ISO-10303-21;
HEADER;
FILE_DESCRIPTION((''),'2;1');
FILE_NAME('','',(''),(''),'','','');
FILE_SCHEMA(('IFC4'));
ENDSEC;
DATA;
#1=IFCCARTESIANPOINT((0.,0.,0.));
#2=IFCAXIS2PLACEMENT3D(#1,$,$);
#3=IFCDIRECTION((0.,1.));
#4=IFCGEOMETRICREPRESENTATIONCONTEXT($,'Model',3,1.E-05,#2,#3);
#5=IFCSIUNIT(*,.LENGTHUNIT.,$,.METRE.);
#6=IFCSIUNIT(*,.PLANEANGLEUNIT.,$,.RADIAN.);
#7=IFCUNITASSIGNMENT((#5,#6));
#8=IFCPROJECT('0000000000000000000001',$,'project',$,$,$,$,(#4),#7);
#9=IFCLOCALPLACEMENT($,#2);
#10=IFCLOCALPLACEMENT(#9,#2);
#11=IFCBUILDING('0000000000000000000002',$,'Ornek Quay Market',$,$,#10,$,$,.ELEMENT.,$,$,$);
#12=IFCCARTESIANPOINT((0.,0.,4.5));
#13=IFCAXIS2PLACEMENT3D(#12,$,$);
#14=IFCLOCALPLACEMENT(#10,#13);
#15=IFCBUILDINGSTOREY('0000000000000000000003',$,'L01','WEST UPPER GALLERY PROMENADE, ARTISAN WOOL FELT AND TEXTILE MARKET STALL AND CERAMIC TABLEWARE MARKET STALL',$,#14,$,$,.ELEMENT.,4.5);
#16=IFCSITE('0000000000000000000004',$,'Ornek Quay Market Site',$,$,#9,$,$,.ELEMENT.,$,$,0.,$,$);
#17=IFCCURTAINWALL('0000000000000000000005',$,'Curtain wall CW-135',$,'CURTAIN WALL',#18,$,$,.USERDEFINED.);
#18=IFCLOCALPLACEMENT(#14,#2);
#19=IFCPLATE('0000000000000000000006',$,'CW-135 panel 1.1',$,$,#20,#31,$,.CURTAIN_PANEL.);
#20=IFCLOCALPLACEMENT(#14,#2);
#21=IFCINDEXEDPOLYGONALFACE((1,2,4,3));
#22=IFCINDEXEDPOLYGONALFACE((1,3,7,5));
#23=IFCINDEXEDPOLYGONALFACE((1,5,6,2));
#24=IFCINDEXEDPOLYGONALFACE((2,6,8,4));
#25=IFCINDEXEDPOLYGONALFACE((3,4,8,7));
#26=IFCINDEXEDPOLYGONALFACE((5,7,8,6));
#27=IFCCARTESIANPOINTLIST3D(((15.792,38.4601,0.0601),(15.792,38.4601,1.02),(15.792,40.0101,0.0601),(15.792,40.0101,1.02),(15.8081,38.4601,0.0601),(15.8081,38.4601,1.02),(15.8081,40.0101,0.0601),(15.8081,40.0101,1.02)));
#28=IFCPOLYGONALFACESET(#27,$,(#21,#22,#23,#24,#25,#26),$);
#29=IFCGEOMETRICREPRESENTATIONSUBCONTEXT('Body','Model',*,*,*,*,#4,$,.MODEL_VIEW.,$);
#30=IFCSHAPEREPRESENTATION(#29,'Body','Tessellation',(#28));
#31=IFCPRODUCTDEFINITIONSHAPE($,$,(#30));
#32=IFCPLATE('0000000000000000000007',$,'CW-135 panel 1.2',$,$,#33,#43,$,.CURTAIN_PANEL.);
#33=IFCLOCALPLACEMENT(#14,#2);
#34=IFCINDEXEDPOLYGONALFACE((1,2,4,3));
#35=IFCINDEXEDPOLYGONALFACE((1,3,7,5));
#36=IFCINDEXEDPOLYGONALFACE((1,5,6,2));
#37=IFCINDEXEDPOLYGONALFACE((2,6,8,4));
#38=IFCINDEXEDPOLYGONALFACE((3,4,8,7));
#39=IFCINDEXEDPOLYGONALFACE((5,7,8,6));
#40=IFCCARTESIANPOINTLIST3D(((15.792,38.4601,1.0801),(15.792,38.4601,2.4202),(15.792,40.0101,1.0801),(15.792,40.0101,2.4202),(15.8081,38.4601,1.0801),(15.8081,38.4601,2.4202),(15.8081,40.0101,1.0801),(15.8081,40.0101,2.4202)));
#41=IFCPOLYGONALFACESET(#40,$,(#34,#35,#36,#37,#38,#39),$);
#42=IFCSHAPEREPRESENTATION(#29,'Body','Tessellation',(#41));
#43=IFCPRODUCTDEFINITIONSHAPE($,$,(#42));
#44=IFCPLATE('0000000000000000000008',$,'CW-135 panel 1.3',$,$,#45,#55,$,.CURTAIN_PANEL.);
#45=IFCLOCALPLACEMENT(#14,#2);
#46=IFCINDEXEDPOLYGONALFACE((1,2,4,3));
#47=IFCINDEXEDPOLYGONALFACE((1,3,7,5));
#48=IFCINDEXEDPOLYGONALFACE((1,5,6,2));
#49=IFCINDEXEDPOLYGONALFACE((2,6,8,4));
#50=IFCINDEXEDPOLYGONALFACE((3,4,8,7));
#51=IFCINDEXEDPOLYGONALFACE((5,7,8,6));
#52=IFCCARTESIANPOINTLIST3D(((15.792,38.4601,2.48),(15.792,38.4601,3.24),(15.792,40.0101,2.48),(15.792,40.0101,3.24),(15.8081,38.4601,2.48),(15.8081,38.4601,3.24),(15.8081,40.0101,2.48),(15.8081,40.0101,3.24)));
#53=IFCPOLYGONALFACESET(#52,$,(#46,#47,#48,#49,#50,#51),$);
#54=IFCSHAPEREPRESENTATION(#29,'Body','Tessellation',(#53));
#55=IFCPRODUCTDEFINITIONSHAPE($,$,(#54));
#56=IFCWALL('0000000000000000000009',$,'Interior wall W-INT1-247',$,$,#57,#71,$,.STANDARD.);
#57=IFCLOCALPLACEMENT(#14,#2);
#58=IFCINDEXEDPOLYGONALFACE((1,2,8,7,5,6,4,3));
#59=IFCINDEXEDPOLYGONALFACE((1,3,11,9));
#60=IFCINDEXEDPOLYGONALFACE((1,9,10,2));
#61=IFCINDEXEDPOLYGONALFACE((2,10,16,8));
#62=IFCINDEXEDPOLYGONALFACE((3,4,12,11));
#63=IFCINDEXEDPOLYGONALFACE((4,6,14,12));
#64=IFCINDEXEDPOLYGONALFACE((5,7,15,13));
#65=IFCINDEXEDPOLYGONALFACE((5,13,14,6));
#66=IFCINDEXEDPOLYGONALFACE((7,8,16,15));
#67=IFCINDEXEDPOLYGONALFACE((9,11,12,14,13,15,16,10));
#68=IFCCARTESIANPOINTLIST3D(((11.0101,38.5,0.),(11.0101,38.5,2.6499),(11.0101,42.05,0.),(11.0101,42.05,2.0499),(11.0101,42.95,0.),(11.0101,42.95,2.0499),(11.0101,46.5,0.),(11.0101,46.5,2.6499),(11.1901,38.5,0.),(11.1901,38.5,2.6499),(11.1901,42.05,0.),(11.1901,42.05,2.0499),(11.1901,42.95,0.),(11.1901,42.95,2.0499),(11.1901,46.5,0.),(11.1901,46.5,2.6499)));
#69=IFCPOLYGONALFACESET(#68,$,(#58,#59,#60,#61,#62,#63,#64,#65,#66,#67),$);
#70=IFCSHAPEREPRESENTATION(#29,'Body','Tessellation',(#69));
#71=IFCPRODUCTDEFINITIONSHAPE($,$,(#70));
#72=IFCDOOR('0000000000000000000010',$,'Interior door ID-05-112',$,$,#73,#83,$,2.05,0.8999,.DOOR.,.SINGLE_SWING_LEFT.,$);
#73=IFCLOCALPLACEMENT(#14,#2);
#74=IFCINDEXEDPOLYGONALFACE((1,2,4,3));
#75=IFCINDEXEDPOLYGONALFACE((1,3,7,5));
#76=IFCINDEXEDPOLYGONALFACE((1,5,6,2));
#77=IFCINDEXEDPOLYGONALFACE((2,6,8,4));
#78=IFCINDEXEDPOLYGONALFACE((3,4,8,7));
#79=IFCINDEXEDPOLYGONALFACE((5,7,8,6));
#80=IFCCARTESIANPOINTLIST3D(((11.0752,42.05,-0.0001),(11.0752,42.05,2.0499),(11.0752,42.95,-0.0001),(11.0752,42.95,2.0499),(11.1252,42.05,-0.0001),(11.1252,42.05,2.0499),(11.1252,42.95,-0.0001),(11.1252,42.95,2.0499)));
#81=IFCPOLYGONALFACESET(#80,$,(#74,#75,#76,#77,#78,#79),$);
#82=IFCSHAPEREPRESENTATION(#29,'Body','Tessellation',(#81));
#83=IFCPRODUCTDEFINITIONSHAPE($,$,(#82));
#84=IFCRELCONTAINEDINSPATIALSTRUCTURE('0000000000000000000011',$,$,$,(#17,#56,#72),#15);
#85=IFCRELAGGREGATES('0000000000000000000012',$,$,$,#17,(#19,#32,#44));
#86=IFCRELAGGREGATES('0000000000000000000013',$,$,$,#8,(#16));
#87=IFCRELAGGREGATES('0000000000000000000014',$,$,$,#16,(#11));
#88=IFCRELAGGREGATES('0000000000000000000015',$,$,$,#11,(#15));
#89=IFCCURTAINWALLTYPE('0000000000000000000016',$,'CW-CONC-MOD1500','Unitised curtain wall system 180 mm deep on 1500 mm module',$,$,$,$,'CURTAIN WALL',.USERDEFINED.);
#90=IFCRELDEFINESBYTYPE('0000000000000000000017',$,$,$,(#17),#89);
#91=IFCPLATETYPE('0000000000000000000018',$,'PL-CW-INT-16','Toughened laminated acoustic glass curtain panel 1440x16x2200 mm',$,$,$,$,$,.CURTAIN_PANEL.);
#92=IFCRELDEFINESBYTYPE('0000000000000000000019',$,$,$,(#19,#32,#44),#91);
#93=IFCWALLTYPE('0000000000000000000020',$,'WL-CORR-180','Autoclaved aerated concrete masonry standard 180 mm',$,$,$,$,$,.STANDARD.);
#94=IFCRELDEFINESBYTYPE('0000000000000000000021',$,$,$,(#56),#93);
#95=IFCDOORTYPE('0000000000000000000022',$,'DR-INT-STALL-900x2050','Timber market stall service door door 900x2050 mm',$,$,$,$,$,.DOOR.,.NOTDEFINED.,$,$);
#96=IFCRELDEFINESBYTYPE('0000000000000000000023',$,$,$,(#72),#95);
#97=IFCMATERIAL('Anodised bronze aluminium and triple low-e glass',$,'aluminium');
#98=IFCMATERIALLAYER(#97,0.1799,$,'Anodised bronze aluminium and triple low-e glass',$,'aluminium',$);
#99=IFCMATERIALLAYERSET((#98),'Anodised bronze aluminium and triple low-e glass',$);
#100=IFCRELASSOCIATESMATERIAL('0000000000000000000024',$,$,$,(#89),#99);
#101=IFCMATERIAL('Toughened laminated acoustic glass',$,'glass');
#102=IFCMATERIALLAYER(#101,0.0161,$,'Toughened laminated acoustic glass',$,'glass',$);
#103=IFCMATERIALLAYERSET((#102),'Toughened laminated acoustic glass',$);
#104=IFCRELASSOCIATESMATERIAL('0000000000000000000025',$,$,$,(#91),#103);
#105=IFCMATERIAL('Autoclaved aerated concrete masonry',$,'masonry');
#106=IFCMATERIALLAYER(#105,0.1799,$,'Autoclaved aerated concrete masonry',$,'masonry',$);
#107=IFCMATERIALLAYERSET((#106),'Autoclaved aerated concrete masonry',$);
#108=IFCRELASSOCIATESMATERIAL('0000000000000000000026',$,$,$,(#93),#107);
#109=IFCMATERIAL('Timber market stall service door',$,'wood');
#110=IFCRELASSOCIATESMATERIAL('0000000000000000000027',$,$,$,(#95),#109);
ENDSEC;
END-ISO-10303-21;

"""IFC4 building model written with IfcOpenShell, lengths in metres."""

from ifc_helpers import new_model, si_unit, direction, frame, frame_2d, origin, origin_2d, place, context, subcontext, project, spatial, rectangle, extrude, material, layer, layer_set, type_object, element, fill, aggregate, save


model = new_model("IFC4")

# Units and contexts
model_context = context("Model", 3, precision=1e-05, world=origin(), true_north=direction((0.0, 1.0)))
body_context = subcontext(model_context, "Body", "Model", "MODEL_VIEW")
ifc_project = project(units=[si_unit("LENGTHUNIT", "METRE"), si_unit("PLANEANGLEUNIT", "RADIAN")], contexts=[model_context])

# Site, building, storey
site_placement = place(None, origin())
site = spatial("IfcSite", under=ifc_project, at=site_placement, Name="Ornek Quay Market Site", CompositionType="ELEMENT", RefElevation=0.0)
building_placement = place(site_placement, origin())
building = spatial("IfcBuilding", under=site, at=building_placement, Name="Ornek Quay Market", CompositionType="ELEMENT")
storey_placement = place(building_placement, frame((0.0, 0.0, 4.5)))
storey = spatial("IfcBuildingStorey", under=building, at=storey_placement, Name="L01", Description="WEST UPPER GALLERY PROMENADE, ARTISAN WOOL FELT AND TEXTILE MARKET STALL AND CERAMIC TABLEWARE MARKET STALL", CompositionType="ELEMENT", Elevation=4.5)

# Curtain wall, plates
ifc_material_1 = material(Name="Anodised bronze aluminium and triple low-e glass", Category="aluminium")
ifc_layer_1 = layer(ifc_material_1, 0.1799, Name="Anodised bronze aluminium and triple low-e glass", Category="aluminium")
ifc_layer_set_1 = layer_set([ifc_layer_1], Name="Anodised bronze aluminium and triple low-e glass")
curtain_wall_type = type_object("IfcCurtainWallType", Name="CW-CONC-MOD1500", Description="Unitised curtain wall system 180 mm deep on 1500 mm module", ElementType="CURTAIN WALL", PredefinedType="USERDEFINED", material=ifc_layer_set_1)
curtain_wall_placement = place(storey_placement, origin())
curtain_wall = element("IfcCurtainWall", 1, at=curtain_wall_placement, inside=storey, type_object=curtain_wall_type, Name="Curtain wall CW-135", ObjectType="CURTAIN WALL", PredefinedType="USERDEFINED")
ifc_material_2 = material(Name="Toughened laminated acoustic glass", Category="glass")
ifc_layer_2 = layer(ifc_material_2, 0.0161, Name="Toughened laminated acoustic glass", Category="glass")
ifc_layer_set_2 = layer_set([ifc_layer_2], Name="Toughened laminated acoustic glass")
plate_type = type_object("IfcPlateType", Name="PL-CW-INT-16", Description="Toughened laminated acoustic glass curtain panel 1440x16x2200 mm", PredefinedType="CURTAIN_PANEL", material=ifc_layer_set_2)
plate_1_placement = place(storey_placement, frame((15.8, 39.2351, 0.0601), z_axis=(0.0, 0.0, 1.0), x_axis=(0.0, 1.0, 0.0)))
plate_1 = element("IfcPlate", 2, at=plate_1_placement, type_object=plate_type, Name="CW-135 panel 1.1", PredefinedType="CURTAIN_PANEL", context=body_context, shape_type="SweptSolid", body=[
    extrude(rectangle(XDim=1.55, YDim=0.0161, at=origin_2d()), origin(), (0.0, 0.0, 1.0), 0.96),
])
plate_2_placement = place(storey_placement, frame((15.8, 39.2351, 1.0801), z_axis=(0.0, 0.0, 1.0), x_axis=(0.0, 1.0, 0.0)))
plate_2 = element("IfcPlate", 3, at=plate_2_placement, type_object=plate_type, Name="CW-135 panel 1.2", PredefinedType="CURTAIN_PANEL", context=body_context, shape_type="SweptSolid", body=[
    extrude(rectangle(XDim=1.55, YDim=0.0161, at=origin_2d()), origin(), (0.0, 0.0, 1.0), 1.3401),
])
plate_3_placement = place(storey_placement, frame((15.8, 39.2351, 2.48), z_axis=(0.0, 0.0, 1.0), x_axis=(0.0, 1.0, 0.0)))
plate_3 = element("IfcPlate", 4, at=plate_3_placement, type_object=plate_type, Name="CW-135 panel 1.3", PredefinedType="CURTAIN_PANEL", context=body_context, shape_type="SweptSolid", body=[
    extrude(rectangle(XDim=1.55, YDim=0.0161, at=origin_2d()), origin(), (0.0, 0.0, 1.0), 0.76),
])
aggregate(curtain_wall, [plate_1, plate_2, plate_3])

# Wall, opening, door
ifc_material_3 = material(Name="Autoclaved aerated concrete masonry", Category="masonry")
ifc_layer_3 = layer(ifc_material_3, 0.1799, Name="Autoclaved aerated concrete masonry", Category="masonry")
ifc_layer_set_3 = layer_set([ifc_layer_3], Name="Autoclaved aerated concrete masonry")
wall_type = type_object("IfcWallType", Name="WL-CORR-180", Description="Autoclaved aerated concrete masonry standard 180 mm", PredefinedType="STANDARD", material=ifc_layer_set_3)
wall_placement = place(storey_placement, frame((11.1001, 38.5, 0.0), z_axis=(0.0, 0.0, 1.0), x_axis=(0.0, 1.0, 0.0)))
wall = element("IfcWall", 5, at=wall_placement, inside=storey, type_object=wall_type, Name="Interior wall W-INT1-247", PredefinedType="STANDARD", context=body_context, shape_type="SweptSolid", body=[
    extrude(rectangle(XDim=8.0, YDim=0.1799, at=frame_2d((4.0, 0.0))), origin(), (0.0, 0.0, 1.0), 2.6499),
])
opening_placement = place(wall_placement, frame((3.55, 0.0, 0.0)))
opening = element("IfcOpeningElement", 6, at=opening_placement, cuts=wall, PredefinedType="OPENING", context=body_context, shape_type="SweptSolid", body=[
    extrude(rectangle(XDim=0.8999, YDim=2.05, at=frame_2d((0.45, 1.0249))), frame((0.0, 0.0999, 0.0), z_axis=(0.0, -1.0, 0.0), x_axis=(1.0, 0.0, 0.0)), (0.0, 0.0, 1.0), 0.2),
])
ifc_material_4 = material(Name="Timber market stall service door", Category="wood")
door_type = type_object("IfcDoorType", Name="DR-INT-STALL-900x2050", Description="Timber market stall service door door 900x2050 mm", OperationType="NOTDEFINED", PredefinedType="DOOR", material=ifc_material_4)
door_placement = place(opening_placement, origin())
door = element("IfcDoor", 7, at=door_placement, inside=storey, type_object=door_type, Name="Interior door ID-05-112", OperationType="SINGLE_SWING_LEFT", OverallHeight=2.05, OverallWidth=0.8999, PredefinedType="DOOR", context=body_context, shape_type="SweptSolid", body=[
    extrude(rectangle(XDim=0.8999, YDim=2.05, at=frame_2d((0.45, 1.0249))), frame((0.0, 0.0249, 0.0), z_axis=(0.0, -1.0, 0.0), x_axis=(1.0, 0.0, 0.0)), (0.0, 0.0, 1.0), 0.05),
])
fill(opening, door)

save(model, "model.ifc")
